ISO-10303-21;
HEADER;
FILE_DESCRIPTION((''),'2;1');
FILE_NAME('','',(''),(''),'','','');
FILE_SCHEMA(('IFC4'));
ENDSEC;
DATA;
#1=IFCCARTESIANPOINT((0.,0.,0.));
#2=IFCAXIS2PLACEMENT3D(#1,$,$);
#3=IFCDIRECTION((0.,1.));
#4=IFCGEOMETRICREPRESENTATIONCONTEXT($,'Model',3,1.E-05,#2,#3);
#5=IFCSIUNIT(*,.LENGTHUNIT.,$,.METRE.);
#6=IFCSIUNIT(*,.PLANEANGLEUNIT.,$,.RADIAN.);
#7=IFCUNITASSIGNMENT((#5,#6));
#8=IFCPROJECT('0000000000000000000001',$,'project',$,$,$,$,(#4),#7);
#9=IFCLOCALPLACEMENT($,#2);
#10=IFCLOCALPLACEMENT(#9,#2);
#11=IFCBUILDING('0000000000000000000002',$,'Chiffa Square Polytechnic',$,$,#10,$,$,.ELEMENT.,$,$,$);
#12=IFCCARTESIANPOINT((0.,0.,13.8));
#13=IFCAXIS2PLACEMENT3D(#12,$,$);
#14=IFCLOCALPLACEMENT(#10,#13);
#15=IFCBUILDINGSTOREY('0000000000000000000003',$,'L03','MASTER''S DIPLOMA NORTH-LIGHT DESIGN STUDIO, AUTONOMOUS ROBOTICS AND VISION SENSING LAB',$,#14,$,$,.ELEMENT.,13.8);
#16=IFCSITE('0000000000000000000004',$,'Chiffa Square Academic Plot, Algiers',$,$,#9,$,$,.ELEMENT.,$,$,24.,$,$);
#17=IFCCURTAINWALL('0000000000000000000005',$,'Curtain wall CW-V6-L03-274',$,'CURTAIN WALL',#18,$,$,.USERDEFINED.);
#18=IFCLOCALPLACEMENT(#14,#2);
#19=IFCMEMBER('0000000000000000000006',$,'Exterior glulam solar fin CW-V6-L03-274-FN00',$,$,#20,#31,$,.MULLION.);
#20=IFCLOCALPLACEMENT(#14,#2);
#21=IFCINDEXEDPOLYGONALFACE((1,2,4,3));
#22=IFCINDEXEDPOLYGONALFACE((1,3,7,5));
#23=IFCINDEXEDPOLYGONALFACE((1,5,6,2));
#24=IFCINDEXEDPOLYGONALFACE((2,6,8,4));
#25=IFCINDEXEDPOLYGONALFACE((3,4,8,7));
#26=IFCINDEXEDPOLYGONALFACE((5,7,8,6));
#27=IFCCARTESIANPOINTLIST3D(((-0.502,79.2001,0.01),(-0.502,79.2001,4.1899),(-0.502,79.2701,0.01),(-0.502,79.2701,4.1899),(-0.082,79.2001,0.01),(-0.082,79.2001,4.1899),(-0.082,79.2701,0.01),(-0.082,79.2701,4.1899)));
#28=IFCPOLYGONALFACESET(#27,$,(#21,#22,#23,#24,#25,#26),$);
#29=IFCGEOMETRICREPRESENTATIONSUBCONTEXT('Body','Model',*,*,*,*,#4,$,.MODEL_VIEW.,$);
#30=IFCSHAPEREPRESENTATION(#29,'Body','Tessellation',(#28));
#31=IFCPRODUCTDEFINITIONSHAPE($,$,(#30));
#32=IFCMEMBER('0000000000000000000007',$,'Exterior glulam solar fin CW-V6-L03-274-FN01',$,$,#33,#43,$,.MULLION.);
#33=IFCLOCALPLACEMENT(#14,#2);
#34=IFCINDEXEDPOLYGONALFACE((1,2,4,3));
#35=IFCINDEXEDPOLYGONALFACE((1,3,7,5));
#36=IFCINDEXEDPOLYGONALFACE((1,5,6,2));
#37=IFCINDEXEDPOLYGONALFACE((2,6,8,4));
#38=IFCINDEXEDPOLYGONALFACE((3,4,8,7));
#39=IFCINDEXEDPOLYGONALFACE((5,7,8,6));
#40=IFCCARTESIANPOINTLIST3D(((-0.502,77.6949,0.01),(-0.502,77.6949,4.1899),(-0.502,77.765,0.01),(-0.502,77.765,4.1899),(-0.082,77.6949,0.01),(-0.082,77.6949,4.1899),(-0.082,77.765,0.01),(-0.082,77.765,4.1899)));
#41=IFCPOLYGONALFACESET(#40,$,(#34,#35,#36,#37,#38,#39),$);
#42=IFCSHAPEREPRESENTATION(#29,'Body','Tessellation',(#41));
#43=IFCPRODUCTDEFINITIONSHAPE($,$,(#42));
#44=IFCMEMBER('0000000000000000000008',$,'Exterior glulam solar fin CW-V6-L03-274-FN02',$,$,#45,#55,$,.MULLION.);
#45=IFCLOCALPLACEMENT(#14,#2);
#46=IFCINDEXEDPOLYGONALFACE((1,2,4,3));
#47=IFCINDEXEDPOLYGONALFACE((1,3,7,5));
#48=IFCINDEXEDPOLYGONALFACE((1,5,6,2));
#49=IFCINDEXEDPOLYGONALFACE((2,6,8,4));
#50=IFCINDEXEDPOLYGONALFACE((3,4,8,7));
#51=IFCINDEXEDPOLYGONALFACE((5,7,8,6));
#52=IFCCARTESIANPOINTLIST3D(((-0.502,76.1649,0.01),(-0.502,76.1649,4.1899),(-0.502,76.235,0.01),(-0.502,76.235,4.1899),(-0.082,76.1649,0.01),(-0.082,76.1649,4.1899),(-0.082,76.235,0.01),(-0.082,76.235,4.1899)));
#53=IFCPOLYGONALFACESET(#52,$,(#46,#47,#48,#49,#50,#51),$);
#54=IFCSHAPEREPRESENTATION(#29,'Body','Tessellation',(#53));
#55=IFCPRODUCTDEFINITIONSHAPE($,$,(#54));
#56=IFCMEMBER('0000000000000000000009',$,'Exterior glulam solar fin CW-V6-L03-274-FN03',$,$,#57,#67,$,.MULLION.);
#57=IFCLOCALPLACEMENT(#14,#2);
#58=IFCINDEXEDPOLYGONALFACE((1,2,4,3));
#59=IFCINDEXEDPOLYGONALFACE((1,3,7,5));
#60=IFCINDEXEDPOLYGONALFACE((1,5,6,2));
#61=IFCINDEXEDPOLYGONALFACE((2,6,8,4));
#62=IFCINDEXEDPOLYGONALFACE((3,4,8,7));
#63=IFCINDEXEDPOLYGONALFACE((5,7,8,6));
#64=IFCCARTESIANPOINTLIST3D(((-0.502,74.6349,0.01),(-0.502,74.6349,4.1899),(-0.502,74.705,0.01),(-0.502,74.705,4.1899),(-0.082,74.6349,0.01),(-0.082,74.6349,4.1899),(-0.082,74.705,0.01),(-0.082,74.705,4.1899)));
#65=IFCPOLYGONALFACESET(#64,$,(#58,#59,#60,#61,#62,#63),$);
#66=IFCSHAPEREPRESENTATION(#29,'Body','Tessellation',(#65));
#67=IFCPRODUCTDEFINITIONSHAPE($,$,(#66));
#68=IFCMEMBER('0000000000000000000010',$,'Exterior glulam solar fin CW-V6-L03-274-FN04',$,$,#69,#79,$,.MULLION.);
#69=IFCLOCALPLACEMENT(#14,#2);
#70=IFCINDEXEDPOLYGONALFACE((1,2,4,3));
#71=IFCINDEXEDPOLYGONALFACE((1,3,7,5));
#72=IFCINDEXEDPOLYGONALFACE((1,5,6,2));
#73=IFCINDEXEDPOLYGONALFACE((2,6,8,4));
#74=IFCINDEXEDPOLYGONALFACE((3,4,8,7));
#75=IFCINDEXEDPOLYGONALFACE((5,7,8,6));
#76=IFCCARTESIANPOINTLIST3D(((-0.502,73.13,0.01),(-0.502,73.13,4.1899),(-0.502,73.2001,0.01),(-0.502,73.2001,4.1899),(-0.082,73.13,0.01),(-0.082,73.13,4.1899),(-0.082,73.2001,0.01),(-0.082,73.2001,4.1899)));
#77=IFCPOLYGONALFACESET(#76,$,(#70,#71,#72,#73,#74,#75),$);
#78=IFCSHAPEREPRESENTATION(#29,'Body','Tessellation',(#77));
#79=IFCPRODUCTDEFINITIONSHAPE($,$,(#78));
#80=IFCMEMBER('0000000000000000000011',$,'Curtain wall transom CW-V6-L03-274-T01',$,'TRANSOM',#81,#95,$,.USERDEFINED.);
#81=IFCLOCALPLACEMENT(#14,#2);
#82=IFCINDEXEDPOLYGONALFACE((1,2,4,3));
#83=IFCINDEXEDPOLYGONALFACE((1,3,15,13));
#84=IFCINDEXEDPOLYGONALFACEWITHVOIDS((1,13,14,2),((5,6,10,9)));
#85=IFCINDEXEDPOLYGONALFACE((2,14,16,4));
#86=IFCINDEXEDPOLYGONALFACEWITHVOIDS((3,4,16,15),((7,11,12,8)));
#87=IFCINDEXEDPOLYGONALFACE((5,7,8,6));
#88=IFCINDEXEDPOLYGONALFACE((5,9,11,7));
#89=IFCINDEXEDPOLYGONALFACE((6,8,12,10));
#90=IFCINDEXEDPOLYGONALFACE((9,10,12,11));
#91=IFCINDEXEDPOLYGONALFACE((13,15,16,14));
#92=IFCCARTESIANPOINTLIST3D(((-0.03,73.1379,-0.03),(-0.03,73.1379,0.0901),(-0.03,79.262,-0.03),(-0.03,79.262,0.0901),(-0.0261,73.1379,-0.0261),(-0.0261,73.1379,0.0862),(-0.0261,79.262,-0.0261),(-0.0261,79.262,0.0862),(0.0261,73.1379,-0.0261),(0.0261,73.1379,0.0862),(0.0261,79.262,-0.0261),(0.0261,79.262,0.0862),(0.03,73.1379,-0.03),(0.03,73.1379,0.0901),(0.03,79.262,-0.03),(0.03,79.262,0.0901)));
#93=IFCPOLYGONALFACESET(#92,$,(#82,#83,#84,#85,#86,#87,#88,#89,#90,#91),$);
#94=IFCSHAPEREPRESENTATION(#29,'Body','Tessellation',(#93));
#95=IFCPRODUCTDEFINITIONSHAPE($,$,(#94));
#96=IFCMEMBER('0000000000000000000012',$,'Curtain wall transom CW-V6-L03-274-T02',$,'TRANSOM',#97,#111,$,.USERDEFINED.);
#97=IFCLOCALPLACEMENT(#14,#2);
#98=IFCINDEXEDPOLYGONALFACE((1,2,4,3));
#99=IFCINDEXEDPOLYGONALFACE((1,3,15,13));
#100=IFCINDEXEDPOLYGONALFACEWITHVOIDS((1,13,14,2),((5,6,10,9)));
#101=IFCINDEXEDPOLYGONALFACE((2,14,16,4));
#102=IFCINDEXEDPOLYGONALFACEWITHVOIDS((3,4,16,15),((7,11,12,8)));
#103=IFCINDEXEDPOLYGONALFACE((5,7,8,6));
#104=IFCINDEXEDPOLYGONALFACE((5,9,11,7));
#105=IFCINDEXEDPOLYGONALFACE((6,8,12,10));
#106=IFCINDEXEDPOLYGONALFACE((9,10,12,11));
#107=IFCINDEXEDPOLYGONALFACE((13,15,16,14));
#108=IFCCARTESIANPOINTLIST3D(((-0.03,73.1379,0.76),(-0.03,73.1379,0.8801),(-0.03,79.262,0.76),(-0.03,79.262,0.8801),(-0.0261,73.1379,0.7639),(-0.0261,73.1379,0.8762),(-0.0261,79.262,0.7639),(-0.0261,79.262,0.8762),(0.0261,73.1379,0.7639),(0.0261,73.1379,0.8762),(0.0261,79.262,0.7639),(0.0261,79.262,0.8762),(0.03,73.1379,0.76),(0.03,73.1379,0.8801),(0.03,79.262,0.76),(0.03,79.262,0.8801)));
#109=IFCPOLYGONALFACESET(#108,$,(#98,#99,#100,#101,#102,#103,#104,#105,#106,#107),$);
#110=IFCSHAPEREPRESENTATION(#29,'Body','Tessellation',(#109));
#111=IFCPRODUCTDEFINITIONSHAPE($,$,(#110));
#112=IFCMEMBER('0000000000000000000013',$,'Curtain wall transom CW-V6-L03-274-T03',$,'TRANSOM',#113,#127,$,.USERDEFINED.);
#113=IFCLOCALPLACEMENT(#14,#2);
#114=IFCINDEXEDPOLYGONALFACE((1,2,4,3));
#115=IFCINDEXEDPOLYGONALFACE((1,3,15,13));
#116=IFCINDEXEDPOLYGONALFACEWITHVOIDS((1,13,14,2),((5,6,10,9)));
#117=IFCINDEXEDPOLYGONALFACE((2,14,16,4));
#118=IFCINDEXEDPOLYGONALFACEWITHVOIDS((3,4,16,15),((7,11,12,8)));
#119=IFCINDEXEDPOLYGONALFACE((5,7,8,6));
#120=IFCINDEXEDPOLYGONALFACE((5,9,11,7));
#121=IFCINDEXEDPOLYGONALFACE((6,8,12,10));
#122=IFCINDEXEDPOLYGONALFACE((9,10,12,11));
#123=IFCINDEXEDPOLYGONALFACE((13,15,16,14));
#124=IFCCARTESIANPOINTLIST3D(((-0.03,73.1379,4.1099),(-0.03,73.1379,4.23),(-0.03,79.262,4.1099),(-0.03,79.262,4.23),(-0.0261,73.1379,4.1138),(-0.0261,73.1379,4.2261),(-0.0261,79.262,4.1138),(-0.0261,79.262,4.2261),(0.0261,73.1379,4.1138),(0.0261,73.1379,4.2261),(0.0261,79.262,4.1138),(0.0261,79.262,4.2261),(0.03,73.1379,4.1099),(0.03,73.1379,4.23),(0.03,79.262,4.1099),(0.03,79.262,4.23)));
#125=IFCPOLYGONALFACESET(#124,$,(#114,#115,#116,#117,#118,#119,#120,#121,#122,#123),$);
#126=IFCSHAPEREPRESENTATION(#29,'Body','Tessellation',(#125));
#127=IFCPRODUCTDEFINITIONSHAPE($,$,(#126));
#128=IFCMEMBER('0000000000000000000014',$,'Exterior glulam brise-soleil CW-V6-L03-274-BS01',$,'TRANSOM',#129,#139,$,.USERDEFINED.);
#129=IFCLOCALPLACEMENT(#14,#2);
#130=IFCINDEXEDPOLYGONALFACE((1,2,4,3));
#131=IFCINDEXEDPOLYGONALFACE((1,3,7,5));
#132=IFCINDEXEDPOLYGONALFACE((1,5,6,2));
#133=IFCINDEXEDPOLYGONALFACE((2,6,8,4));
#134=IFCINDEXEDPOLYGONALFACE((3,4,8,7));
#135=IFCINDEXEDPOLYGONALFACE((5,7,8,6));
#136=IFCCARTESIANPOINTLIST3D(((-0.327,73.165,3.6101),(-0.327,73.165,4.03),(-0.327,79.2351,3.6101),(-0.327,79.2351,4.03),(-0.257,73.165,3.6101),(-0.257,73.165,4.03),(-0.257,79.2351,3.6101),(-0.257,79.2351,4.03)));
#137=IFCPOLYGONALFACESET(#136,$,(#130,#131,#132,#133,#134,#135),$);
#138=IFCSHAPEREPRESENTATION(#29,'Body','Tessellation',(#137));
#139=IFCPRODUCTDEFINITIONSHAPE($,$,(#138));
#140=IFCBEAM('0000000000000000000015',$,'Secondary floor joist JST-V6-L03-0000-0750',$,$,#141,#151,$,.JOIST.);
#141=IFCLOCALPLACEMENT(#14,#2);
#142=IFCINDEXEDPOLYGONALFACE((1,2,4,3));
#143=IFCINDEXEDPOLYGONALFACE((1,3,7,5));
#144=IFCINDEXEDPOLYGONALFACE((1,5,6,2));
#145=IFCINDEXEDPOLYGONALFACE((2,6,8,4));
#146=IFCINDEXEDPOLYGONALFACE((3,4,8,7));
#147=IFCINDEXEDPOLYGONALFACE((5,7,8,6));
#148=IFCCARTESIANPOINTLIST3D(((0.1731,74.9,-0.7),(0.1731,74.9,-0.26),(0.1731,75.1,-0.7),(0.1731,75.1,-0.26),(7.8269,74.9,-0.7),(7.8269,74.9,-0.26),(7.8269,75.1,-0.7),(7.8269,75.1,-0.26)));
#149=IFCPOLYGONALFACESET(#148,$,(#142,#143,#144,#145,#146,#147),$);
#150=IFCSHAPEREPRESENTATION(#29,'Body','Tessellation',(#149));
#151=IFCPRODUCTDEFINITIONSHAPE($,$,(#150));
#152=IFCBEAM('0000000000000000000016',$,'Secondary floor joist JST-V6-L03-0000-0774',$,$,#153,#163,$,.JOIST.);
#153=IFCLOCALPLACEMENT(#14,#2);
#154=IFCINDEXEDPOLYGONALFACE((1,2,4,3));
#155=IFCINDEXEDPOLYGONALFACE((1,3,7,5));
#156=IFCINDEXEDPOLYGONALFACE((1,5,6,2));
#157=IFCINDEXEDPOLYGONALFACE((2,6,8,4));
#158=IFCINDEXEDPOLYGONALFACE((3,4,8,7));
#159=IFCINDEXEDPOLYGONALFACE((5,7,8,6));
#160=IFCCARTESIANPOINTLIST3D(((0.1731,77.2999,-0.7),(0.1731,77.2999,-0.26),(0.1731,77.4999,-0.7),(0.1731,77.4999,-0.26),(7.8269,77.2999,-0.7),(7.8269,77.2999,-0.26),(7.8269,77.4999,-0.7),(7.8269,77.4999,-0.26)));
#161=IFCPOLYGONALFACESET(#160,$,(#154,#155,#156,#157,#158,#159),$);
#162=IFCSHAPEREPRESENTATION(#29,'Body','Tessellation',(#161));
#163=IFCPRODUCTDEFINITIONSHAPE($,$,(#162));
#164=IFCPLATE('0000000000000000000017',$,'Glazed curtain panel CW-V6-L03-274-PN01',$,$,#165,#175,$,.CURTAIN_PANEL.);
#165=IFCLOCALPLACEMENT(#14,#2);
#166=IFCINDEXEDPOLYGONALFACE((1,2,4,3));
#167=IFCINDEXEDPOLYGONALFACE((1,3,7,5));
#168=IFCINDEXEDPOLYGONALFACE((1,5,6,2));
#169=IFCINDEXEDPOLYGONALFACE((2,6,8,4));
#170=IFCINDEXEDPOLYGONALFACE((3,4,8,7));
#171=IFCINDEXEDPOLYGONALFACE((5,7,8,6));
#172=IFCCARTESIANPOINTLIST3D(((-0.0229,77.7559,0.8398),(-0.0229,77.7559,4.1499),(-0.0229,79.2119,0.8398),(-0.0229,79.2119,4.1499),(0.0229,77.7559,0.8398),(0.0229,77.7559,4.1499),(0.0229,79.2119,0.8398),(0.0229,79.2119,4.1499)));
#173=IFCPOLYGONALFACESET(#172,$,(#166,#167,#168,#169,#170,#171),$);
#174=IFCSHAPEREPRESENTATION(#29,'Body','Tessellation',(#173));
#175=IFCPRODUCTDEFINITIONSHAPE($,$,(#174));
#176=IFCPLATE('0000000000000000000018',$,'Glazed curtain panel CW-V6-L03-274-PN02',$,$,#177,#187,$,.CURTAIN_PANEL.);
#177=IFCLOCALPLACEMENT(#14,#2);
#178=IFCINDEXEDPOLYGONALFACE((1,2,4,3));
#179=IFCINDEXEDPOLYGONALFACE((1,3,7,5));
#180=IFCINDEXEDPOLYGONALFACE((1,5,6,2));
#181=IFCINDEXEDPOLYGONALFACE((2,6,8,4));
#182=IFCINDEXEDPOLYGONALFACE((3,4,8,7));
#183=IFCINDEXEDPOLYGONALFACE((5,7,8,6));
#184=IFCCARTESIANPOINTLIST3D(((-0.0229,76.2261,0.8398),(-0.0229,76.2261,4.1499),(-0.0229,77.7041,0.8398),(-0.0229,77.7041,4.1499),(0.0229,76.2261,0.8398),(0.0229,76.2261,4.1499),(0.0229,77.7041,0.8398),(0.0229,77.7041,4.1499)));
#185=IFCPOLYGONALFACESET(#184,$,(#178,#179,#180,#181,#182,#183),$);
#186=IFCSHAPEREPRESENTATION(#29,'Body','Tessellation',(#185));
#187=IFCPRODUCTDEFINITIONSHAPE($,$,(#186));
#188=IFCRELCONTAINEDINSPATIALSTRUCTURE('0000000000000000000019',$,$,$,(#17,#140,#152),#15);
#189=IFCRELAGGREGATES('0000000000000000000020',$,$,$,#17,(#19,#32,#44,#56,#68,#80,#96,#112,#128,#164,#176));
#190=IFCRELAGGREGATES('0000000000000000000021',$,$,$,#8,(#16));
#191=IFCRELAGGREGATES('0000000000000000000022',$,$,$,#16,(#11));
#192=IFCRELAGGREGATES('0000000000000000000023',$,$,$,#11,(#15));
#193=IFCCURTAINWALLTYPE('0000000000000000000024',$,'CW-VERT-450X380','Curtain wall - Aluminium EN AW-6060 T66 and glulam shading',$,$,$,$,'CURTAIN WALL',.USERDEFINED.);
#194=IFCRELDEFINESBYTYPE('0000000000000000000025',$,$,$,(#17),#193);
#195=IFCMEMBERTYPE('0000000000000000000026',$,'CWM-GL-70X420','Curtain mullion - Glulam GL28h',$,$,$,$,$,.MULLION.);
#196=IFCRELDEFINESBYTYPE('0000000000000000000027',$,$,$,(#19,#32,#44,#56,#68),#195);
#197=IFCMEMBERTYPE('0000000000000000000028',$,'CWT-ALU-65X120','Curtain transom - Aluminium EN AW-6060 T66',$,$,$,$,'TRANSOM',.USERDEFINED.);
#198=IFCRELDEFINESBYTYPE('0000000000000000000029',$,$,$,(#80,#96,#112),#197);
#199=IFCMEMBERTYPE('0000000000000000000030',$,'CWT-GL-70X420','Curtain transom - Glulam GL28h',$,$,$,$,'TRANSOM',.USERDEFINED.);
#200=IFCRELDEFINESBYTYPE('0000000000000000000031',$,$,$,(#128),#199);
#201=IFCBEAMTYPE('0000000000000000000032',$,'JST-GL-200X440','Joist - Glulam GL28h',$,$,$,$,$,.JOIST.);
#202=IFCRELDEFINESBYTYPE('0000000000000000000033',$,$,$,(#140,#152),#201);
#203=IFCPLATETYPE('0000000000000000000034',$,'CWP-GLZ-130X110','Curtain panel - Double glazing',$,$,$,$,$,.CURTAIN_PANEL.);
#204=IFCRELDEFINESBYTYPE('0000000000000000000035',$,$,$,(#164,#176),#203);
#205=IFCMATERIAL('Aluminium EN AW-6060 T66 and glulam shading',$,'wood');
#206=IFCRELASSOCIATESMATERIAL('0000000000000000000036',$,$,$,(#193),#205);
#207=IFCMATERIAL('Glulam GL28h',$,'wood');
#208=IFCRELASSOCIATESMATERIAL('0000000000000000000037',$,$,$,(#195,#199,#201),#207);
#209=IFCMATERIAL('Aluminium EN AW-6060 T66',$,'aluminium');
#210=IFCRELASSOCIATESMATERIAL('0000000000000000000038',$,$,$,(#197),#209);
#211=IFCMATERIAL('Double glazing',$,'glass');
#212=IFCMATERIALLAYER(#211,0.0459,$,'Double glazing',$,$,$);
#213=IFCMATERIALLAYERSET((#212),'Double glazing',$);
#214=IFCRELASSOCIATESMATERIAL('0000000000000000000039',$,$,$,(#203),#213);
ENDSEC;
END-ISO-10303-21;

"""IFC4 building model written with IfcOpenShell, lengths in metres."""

from ifc_helpers import new_model, si_unit, direction, frame, origin, origin_2d, place, context, subcontext, project, spatial, rectangle, hollow_rectangle, extrude, material, layer, layer_set, material_profile, profile_set, type_object, element, aggregate, save


model = new_model("IFC4")

# Units and contexts
model_context = context("Model", 3, precision=1e-05, world=origin(), true_north=direction((0.0, 1.0)))
body_context = subcontext(model_context, "Body", "Model", "MODEL_VIEW")
ifc_project = project(units=[si_unit("LENGTHUNIT", "METRE"), si_unit("PLANEANGLEUNIT", "RADIAN")], contexts=[model_context])

# Site, building, storey
site_placement = place(None, origin())
site = spatial("IfcSite", under=ifc_project, at=site_placement, Name="Chiffa Square Academic Plot, Algiers", CompositionType="ELEMENT", RefElevation=24.0)
building_placement = place(site_placement, origin())
building = spatial("IfcBuilding", under=site, at=building_placement, Name="Chiffa Square Polytechnic", CompositionType="ELEMENT")
storey_placement = place(building_placement, frame((0.0, 0.0, 13.8)))
storey = spatial("IfcBuildingStorey", under=building, at=storey_placement, Name="L03", Description="MASTER'S DIPLOMA NORTH-LIGHT DESIGN STUDIO, AUTONOMOUS ROBOTICS AND VISION SENSING LAB", CompositionType="ELEMENT", Elevation=13.8)

# Curtain wall, members
ifc_material_1 = material(Name="Aluminium EN AW-6060 T66 and glulam shading", Category="wood")
curtain_wall_type = type_object("IfcCurtainWallType", Name="CW-VERT-450X380", Description="Curtain wall - Aluminium EN AW-6060 T66 and glulam shading", ElementType="CURTAIN WALL", PredefinedType="USERDEFINED", material=ifc_material_1)
curtain_wall_placement = place(storey_placement, origin())
curtain_wall = element("IfcCurtainWall", 1, at=curtain_wall_placement, inside=storey, type_object=curtain_wall_type, Name="Curtain wall CW-V6-L03-274", ObjectType="CURTAIN WALL", PredefinedType="USERDEFINED")
ifc_material_2 = material(Name="Aluminium EN AW-6060 T66", Category="aluminium")
ifc_material_3 = material(Name="Glulam GL28h", Category="wood")
ifc_material_profile_1 = material_profile(ifc_material_3, rectangle(XDim=0.0701, YDim=0.4199, at=origin_2d()), Name="GL28h 70x420")
ifc_profile_set_1 = profile_set([ifc_material_profile_1], Name="Glulam GL28h")
member_type_1 = type_object("IfcMemberType", Name="CWM-GL-70X420", Description="Curtain mullion - Glulam GL28h", PredefinedType="MULLION", material=ifc_profile_set_1)
member_1_placement = place(storey_placement, frame((-0.292, 79.2351, 0.01), z_axis=(0.0, 0.0, 1.0), x_axis=(0.0, -1.0, 0.0)))
member_1 = element("IfcMember", 2, at=member_1_placement, type_object=member_type_1, Name="Exterior glulam solar fin CW-V6-L03-274-FN00", PredefinedType="MULLION", context=body_context, shape_type="SweptSolid", body=[
    extrude(rectangle(XDim=0.0701, YDim=0.4199, at=origin_2d()), origin(), (0.0, 0.0, 1.0), 4.1799),
])
member_2_placement = place(storey_placement, frame((-0.292, 77.73, 0.01), z_axis=(0.0, 0.0, 1.0), x_axis=(0.0, -1.0, 0.0)))
member_2 = element("IfcMember", 3, at=member_2_placement, type_object=member_type_1, Name="Exterior glulam solar fin CW-V6-L03-274-FN01", PredefinedType="MULLION", context=body_context, shape_type="SweptSolid", body=[
    extrude(rectangle(XDim=0.0701, YDim=0.4199, at=origin_2d()), origin(), (0.0, 0.0, 1.0), 4.1799),
])
member_3_placement = place(storey_placement, frame((-0.292, 76.2, 0.01), z_axis=(0.0, 0.0, 1.0), x_axis=(0.0, -1.0, 0.0)))
member_3 = element("IfcMember", 4, at=member_3_placement, type_object=member_type_1, Name="Exterior glulam solar fin CW-V6-L03-274-FN02", PredefinedType="MULLION", context=body_context, shape_type="SweptSolid", body=[
    extrude(rectangle(XDim=0.0701, YDim=0.4199, at=origin_2d()), origin(), (0.0, 0.0, 1.0), 4.1799),
])
member_4_placement = place(storey_placement, frame((-0.292, 74.6699, 0.01), z_axis=(0.0, 0.0, 1.0), x_axis=(0.0, -1.0, 0.0)))
member_4 = element("IfcMember", 5, at=member_4_placement, type_object=member_type_1, Name="Exterior glulam solar fin CW-V6-L03-274-FN03", PredefinedType="MULLION", context=body_context, shape_type="SweptSolid", body=[
    extrude(rectangle(XDim=0.0701, YDim=0.4199, at=origin_2d()), origin(), (0.0, 0.0, 1.0), 4.1799),
])
member_5_placement = place(storey_placement, frame((-0.292, 73.165, 0.01), z_axis=(0.0, 0.0, 1.0), x_axis=(0.0, -1.0, 0.0)))
member_5 = element("IfcMember", 6, at=member_5_placement, type_object=member_type_1, Name="Exterior glulam solar fin CW-V6-L03-274-FN04", PredefinedType="MULLION", context=body_context, shape_type="SweptSolid", body=[
    extrude(rectangle(XDim=0.0701, YDim=0.4199, at=origin_2d()), origin(), (0.0, 0.0, 1.0), 4.1799),
])
ifc_material_profile_2 = material_profile(ifc_material_2, hollow_rectangle(XDim=0.0601, YDim=0.1201, WallThickness=0.0039, at=origin_2d()), Name="ALU 60x120x4")
ifc_profile_set_2 = profile_set([ifc_material_profile_2], Name="Aluminium EN AW-6060 T66")
member_type_2 = type_object("IfcMemberType", Name="CWT-ALU-65X120", Description="Curtain transom - Aluminium EN AW-6060 T66", ElementType="TRANSOM", PredefinedType="USERDEFINED", material=ifc_profile_set_2)
member_6_placement = place(storey_placement, frame((0.0, 79.262, 0.03), z_axis=(0.0, -1.0, 0.0), x_axis=(1.0, 0.0, 0.0)))
member_6 = element("IfcMember", 7, at=member_6_placement, type_object=member_type_2, Name="Curtain wall transom CW-V6-L03-274-T01", ObjectType="TRANSOM", PredefinedType="USERDEFINED", context=body_context, shape_type="SweptSolid", body=[
    extrude(hollow_rectangle(XDim=0.0601, YDim=0.1201, WallThickness=0.0039, at=origin_2d()), origin(), (0.0, 0.0, 1.0), 6.124),
])
member_7_placement = place(storey_placement, frame((0.0, 79.262, 0.8201), z_axis=(0.0, -1.0, 0.0), x_axis=(1.0, 0.0, 0.0)))
member_7 = element("IfcMember", 8, at=member_7_placement, type_object=member_type_2, Name="Curtain wall transom CW-V6-L03-274-T02", ObjectType="TRANSOM", PredefinedType="USERDEFINED", context=body_context, shape_type="SweptSolid", body=[
    extrude(hollow_rectangle(XDim=0.0601, YDim=0.1201, WallThickness=0.0039, at=origin_2d()), origin(), (0.0, 0.0, 1.0), 6.124),
])
member_8_placement = place(storey_placement, frame((0.0, 79.262, 4.1699), z_axis=(0.0, -1.0, 0.0), x_axis=(1.0, 0.0, 0.0)))
member_8 = element("IfcMember", 9, at=member_8_placement, type_object=member_type_2, Name="Curtain wall transom CW-V6-L03-274-T03", ObjectType="TRANSOM", PredefinedType="USERDEFINED", context=body_context, shape_type="SweptSolid", body=[
    extrude(hollow_rectangle(XDim=0.0601, YDim=0.1201, WallThickness=0.0039, at=origin_2d()), origin(), (0.0, 0.0, 1.0), 6.124),
])
ifc_material_profile_3 = material_profile(ifc_material_3, rectangle(XDim=0.0701, YDim=0.4199, at=origin_2d()), Name="GL28h 70x420")
ifc_profile_set_3 = profile_set([ifc_material_profile_3], Name="Glulam GL28h")
member_type_3 = type_object("IfcMemberType", Name="CWT-GL-70X420", Description="Curtain transom - Glulam GL28h", ElementType="TRANSOM", PredefinedType="USERDEFINED", material=ifc_profile_set_3)
member_9_placement = place(storey_placement, frame((-0.292, 79.2351, 3.8201), z_axis=(0.0, -1.0, 0.0), x_axis=(1.0, 0.0, 0.0)))
member_9 = element("IfcMember", 10, at=member_9_placement, type_object=member_type_3, Name="Exterior glulam brise-soleil CW-V6-L03-274-BS01", ObjectType="TRANSOM", PredefinedType="USERDEFINED", context=body_context, shape_type="SweptSolid", body=[
    extrude(rectangle(XDim=0.0701, YDim=0.4199, at=origin_2d()), origin(), (0.0, 0.0, 1.0), 6.0701),
])

# Beams
ifc_material_profile_4 = material_profile(ifc_material_3, rectangle(XDim=0.2, YDim=0.4399, at=origin_2d()), Name="GL28h 200x440")
ifc_profile_set_4 = profile_set([ifc_material_profile_4], Name="Glulam GL28h")
beam_type_1 = type_object("IfcBeamType", Name="JST-GL-200X440", Description="Joist - Glulam GL28h", PredefinedType="JOIST", material=ifc_profile_set_4)
for number, where, z_axis, x_axis, name in (
    (11, (0.1731, 75.0, -0.48), (1.0, 0.0, 0.0), (0.0, 1.0, 0.0), "Secondary floor joist JST-V6-L03-0000-0750"),
    (12, (0.1731, 77.3999, -0.48), (1.0, 0.0, 0.0), (0.0, 1.0, 0.0), "Secondary floor joist JST-V6-L03-0000-0774"),
):
    element("IfcBeam", number, at=place(storey_placement, frame(where, z_axis=z_axis, x_axis=x_axis)), inside=storey, type_object=beam_type_1, Name=name, PredefinedType="JOIST", context=body_context, shape_type="SweptSolid", body=[
        extrude(rectangle(XDim=0.2, YDim=0.4399, at=origin_2d()), origin(), (0.0, 0.0, 1.0), 7.6538),
    ])

# Plates
ifc_material_4 = material(Name="Double glazing", Category="glass")
ifc_layer_1 = layer(ifc_material_4, 0.0459, Name="Double glazing")
ifc_layer_set_1 = layer_set([ifc_layer_1], Name="Double glazing")
plate_type_1 = type_object("IfcPlateType", Name="CWP-GLZ-130X110", Description="Curtain panel - Double glazing", PredefinedType="CURTAIN_PANEL", material=ifc_layer_set_1)
plate_1_placement = place(storey_placement, frame((0.0, 78.4839, 0.8398), z_axis=(0.0, 0.0, 1.0), x_axis=(0.0, -1.0, 0.0)))
plate_1 = element("IfcPlate", 13, at=plate_1_placement, type_object=plate_type_1, Name="Glazed curtain panel CW-V6-L03-274-PN01", PredefinedType="CURTAIN_PANEL", context=body_context, shape_type="SweptSolid", body=[
    extrude(rectangle(XDim=1.4561, YDim=0.0459, at=origin_2d()), origin(), (0.0, 0.0, 1.0), 3.3101),
])
plate_2_placement = place(storey_placement, frame((0.0, 76.9651, 0.8398), z_axis=(0.0, 0.0, 1.0), x_axis=(0.0, -1.0, 0.0)))
plate_2 = element("IfcPlate", 14, at=plate_2_placement, type_object=plate_type_1, Name="Glazed curtain panel CW-V6-L03-274-PN02", PredefinedType="CURTAIN_PANEL", context=body_context, shape_type="SweptSolid", body=[
    extrude(rectangle(XDim=1.478, YDim=0.0459, at=origin_2d()), origin(), (0.0, 0.0, 1.0), 3.3101),
])
aggregate(curtain_wall, [member_1, member_2, member_3, member_4, member_5, member_6, member_7, member_8, member_9, plate_1, plate_2])

save(model, "model.ifc")
